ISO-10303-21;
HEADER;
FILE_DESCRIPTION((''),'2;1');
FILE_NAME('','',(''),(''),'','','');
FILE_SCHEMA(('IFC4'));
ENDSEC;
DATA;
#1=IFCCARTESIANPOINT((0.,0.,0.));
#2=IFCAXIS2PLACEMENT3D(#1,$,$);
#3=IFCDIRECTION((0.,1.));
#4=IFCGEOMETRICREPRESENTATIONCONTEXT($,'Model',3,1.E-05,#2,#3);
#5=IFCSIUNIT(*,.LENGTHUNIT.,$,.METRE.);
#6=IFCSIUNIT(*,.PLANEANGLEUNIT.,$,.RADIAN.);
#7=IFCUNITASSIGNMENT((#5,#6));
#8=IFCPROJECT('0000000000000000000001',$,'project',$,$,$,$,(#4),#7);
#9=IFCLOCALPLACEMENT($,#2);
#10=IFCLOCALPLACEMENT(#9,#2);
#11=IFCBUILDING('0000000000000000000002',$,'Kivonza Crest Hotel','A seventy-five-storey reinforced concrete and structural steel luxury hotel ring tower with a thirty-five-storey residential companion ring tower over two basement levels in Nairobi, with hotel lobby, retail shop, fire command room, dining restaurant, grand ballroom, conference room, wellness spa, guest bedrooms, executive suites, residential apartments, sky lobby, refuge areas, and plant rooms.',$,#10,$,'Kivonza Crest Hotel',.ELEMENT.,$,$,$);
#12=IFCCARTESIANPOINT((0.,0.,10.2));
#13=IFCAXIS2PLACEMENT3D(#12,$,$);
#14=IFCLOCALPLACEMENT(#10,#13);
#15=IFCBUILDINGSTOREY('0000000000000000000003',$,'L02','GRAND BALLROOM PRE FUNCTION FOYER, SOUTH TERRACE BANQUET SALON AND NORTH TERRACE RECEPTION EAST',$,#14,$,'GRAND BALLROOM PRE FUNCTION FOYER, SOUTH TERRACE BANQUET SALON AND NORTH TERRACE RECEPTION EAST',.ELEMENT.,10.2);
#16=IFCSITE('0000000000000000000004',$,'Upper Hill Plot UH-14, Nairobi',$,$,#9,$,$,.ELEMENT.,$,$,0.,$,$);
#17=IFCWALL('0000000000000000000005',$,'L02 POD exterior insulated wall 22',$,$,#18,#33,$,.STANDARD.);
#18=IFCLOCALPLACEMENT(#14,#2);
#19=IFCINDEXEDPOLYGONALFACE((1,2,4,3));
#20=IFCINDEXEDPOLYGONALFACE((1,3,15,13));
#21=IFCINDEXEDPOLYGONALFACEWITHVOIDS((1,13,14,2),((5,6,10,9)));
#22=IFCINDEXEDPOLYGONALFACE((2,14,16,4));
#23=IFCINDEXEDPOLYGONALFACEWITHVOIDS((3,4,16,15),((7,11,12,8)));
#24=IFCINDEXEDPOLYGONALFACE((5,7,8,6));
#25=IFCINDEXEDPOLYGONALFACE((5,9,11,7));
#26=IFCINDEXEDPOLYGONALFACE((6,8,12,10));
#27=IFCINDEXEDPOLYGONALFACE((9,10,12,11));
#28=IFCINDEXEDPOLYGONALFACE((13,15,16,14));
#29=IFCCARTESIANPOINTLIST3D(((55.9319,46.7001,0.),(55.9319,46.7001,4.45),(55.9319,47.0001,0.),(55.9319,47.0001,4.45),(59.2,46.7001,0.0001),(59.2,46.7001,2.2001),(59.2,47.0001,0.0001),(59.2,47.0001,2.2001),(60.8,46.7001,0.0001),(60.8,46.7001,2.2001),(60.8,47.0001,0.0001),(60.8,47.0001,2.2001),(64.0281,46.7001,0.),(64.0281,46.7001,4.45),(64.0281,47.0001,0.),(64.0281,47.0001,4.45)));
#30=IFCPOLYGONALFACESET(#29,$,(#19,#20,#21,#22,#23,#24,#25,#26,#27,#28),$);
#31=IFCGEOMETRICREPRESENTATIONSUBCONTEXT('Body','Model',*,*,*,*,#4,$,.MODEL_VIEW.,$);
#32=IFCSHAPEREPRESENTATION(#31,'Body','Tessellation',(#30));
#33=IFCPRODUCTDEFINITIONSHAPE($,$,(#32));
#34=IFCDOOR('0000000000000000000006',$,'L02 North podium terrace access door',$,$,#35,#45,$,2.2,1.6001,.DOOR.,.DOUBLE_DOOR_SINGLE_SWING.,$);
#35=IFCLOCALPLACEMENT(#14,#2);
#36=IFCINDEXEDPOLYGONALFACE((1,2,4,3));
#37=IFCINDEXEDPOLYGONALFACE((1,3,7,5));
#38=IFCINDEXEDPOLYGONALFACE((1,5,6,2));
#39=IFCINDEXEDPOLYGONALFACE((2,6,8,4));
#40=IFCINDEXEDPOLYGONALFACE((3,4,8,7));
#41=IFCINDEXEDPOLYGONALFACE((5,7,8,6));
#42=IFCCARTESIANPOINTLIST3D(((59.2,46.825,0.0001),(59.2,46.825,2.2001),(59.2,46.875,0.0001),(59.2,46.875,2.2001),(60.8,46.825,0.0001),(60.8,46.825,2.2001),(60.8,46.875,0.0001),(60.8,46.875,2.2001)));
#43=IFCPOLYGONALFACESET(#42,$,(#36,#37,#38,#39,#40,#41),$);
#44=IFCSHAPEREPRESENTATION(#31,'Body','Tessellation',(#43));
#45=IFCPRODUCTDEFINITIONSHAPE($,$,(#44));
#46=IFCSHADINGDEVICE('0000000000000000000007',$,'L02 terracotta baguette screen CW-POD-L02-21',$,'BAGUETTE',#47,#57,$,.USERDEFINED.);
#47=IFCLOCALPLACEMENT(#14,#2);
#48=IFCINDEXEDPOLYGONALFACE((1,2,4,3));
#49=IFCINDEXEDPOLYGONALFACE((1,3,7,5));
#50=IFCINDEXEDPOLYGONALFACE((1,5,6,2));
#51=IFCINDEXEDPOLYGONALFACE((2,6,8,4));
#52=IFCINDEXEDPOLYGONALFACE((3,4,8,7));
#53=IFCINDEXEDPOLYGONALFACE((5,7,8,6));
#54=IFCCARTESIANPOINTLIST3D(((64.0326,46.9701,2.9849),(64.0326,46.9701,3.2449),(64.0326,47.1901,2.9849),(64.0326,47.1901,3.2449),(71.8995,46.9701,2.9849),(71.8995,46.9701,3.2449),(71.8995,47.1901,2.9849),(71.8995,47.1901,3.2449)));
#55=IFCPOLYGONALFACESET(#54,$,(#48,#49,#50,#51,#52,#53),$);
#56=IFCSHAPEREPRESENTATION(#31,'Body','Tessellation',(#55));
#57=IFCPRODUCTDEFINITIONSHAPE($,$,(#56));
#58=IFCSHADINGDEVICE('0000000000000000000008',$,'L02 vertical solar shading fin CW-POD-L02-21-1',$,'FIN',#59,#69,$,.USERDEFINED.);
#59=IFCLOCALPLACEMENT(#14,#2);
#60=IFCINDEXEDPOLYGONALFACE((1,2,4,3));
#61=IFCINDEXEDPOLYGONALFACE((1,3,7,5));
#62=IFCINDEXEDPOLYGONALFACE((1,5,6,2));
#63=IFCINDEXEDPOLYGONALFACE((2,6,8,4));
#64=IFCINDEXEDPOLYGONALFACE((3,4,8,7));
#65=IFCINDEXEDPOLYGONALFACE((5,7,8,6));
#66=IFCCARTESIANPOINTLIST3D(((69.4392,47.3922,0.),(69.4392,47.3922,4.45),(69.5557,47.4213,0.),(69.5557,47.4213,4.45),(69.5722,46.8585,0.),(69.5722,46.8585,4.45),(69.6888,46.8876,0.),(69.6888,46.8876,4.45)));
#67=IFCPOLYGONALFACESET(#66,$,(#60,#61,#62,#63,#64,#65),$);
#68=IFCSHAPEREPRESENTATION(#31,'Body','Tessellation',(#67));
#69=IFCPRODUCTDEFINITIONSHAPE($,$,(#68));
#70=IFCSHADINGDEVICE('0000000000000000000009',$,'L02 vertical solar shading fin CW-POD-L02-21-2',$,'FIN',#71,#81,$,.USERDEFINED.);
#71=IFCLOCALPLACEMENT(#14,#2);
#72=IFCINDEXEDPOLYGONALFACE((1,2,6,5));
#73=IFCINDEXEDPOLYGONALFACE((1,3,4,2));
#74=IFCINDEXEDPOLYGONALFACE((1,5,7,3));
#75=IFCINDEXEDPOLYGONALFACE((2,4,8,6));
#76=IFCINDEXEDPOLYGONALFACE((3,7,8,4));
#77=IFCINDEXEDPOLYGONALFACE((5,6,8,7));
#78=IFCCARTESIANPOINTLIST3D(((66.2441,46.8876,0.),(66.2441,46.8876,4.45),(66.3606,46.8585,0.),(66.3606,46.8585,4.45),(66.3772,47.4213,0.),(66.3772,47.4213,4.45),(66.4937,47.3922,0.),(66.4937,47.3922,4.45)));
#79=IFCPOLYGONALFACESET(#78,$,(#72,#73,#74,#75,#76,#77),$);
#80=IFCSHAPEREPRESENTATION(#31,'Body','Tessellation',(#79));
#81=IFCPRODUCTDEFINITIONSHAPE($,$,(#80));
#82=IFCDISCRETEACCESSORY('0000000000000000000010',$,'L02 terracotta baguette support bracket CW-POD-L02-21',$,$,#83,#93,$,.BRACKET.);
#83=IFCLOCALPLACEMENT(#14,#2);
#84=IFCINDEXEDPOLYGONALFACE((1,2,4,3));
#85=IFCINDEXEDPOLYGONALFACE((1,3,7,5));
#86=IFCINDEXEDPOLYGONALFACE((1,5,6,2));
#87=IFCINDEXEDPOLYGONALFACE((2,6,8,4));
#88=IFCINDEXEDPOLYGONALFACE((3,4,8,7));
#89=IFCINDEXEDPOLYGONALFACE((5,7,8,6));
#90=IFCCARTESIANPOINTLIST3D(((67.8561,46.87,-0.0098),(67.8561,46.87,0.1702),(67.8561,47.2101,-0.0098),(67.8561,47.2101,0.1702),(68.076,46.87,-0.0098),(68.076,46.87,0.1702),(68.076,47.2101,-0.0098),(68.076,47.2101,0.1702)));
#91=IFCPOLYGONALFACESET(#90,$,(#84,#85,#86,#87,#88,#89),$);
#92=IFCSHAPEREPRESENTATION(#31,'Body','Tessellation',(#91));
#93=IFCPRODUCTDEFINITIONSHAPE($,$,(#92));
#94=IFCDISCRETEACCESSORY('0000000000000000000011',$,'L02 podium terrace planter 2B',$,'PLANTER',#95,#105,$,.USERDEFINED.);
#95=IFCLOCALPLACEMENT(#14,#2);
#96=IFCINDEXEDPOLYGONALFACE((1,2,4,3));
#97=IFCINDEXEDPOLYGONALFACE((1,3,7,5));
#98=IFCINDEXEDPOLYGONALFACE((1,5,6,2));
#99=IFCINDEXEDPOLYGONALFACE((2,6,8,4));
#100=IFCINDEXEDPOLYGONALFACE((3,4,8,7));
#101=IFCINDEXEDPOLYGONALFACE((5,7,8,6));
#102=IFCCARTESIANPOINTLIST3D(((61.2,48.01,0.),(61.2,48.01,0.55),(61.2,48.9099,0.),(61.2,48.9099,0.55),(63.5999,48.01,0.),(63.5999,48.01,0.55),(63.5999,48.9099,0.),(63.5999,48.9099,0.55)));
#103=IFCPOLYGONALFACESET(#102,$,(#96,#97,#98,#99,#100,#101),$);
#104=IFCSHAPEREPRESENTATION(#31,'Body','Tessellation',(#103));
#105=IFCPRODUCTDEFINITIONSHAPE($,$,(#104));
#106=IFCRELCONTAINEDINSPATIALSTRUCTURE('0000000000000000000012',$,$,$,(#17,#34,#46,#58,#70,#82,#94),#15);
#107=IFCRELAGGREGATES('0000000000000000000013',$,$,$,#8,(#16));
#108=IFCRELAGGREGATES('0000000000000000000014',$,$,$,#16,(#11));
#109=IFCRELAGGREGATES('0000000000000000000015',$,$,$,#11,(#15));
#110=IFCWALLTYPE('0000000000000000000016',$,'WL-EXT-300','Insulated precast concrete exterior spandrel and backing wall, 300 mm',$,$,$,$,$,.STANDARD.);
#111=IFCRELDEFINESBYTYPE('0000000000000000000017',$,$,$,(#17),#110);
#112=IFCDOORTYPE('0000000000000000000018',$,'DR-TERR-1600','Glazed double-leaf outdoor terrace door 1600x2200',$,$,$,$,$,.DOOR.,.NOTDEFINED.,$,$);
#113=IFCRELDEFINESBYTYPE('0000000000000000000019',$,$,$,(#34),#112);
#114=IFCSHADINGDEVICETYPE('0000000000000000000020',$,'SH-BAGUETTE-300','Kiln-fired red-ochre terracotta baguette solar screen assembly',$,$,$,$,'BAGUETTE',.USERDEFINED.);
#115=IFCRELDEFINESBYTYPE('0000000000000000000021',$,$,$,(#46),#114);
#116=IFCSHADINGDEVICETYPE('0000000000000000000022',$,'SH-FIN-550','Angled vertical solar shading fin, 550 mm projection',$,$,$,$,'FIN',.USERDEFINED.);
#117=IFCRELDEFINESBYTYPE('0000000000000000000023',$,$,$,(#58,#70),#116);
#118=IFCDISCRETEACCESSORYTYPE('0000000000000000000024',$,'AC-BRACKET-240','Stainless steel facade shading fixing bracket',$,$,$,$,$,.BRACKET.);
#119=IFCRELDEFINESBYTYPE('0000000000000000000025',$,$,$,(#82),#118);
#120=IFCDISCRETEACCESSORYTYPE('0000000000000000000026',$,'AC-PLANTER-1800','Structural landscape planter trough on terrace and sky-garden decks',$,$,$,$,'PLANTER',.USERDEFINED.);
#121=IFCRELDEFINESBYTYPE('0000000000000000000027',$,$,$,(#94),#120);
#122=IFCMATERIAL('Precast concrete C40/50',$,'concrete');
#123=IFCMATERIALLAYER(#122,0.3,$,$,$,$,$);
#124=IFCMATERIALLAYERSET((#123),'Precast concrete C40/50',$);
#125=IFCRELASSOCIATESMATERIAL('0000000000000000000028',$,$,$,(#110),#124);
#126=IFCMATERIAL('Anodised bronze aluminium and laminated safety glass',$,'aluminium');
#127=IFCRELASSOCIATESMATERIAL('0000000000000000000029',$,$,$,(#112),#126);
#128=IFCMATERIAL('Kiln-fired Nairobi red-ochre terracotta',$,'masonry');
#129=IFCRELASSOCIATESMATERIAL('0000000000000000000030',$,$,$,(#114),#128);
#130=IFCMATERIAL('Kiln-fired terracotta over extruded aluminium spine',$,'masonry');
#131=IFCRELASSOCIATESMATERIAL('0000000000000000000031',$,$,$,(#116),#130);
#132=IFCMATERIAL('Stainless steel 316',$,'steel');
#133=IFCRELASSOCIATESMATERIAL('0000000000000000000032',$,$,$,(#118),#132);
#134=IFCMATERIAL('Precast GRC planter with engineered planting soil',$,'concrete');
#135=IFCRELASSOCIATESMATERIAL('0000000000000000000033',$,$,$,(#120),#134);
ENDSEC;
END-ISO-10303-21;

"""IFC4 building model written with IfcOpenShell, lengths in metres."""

from ifc_helpers import new_model, si_unit, direction, frame, frame_2d, origin, origin_2d, place, context, subcontext, project, spatial, rectangle, extrude, material, layer, layer_set, type_object, element, fill, save


model = new_model("IFC4")

# Units and contexts
model_context = context("Model", 3, precision=1e-05, world=origin(), true_north=direction((0.0, 1.0)))
body_context = subcontext(model_context, "Body", "Model", "MODEL_VIEW")
ifc_project = project(units=[si_unit("LENGTHUNIT", "METRE"), si_unit("PLANEANGLEUNIT", "RADIAN")], contexts=[model_context])

# Site, building, storey
site_placement = place(None, origin())
site = spatial("IfcSite", under=ifc_project, at=site_placement, Name="Upper Hill Plot UH-14, Nairobi", CompositionType="ELEMENT", RefElevation=0.0)
building_placement = place(site_placement, origin())
building = spatial("IfcBuilding", under=site, at=building_placement, Name="Kivonza Crest Hotel", Description="A seventy-five-storey reinforced concrete and structural steel luxury hotel ring tower with a thirty-five-storey residential companion ring tower over two basement levels in Nairobi, with hotel lobby, retail shop, fire command room, dining restaurant, grand ballroom, conference room, wellness spa, guest bedrooms, executive suites, residential apartments, sky lobby, refuge areas, and plant rooms.", LongName="Kivonza Crest Hotel", CompositionType="ELEMENT")
storey_placement = place(building_placement, frame((0.0, 0.0, 10.2)))
storey = spatial("IfcBuildingStorey", under=building, at=storey_placement, Name="L02", Description="GRAND BALLROOM PRE FUNCTION FOYER, SOUTH TERRACE BANQUET SALON AND NORTH TERRACE RECEPTION EAST", LongName="GRAND BALLROOM PRE FUNCTION FOYER, SOUTH TERRACE BANQUET SALON AND NORTH TERRACE RECEPTION EAST", CompositionType="ELEMENT", Elevation=10.2)

# Wall, opening, door
ifc_material_1 = material(Name="Precast concrete C40/50", Category="concrete")
ifc_layer_1 = layer(ifc_material_1, 0.3)
ifc_layer_set_1 = layer_set([ifc_layer_1], Name="Precast concrete C40/50")
wall_type_1 = type_object("IfcWallType", Name="WL-EXT-300", Description="Insulated precast concrete exterior spandrel and backing wall, 300 mm", PredefinedType="STANDARD", material=ifc_layer_set_1)
wall_1_placement = place(storey_placement, frame((64.0281, 46.8501, 0.0), z_axis=(0.0, 0.0, 1.0), x_axis=(-1.0, 0.0, 0.0)))
wall_1 = element("IfcWall", 1, at=wall_1_placement, inside=storey, type_object=wall_type_1, Name="L02 POD exterior insulated wall 22", PredefinedType="STANDARD", context=body_context, shape_type="SweptSolid", body=[
    extrude(rectangle(XDim=8.0962, YDim=0.3, at=frame_2d((4.0481, 0.0))), origin(), (0.0, 0.0, 1.0), 4.45),
])
opening_1_placement = place(wall_1_placement, frame((3.228, 0.0, 0.0)))
opening_1 = element("IfcOpeningElement", 2, at=opening_1_placement, cuts=wall_1, PredefinedType="OPENING", context=body_context, shape_type="SweptSolid", body=[
    extrude(rectangle(XDim=1.6001, YDim=2.2, at=frame_2d((0.8, 1.1001))), frame((0.0, 0.1602, 0.0), z_axis=(0.0, -1.0, 0.0), x_axis=(1.0, 0.0, 0.0)), (0.0, 0.0, 1.0), 0.3201),
])
ifc_material_2 = material(Name="Anodised bronze aluminium and laminated safety glass", Category="aluminium")
door_type_1 = type_object("IfcDoorType", Name="DR-TERR-1600", Description="Glazed double-leaf outdoor terrace door 1600x2200", OperationType="NOTDEFINED", PredefinedType="DOOR", material=ifc_material_2)
door_1_placement = place(opening_1_placement, frame((1.6001, 0.0, 0.0), z_axis=(0.0, 0.0, 1.0), x_axis=(-1.0, 0.0, 0.0)))
door_1 = element("IfcDoor", 3, at=door_1_placement, inside=storey, type_object=door_type_1, Name="L02 North podium terrace access door", OperationType="DOUBLE_DOOR_SINGLE_SWING", OverallHeight=2.2, OverallWidth=1.6001, PredefinedType="DOOR", context=body_context, shape_type="SweptSolid", body=[
    extrude(rectangle(XDim=1.6001, YDim=2.2, at=frame_2d((0.8, 1.1001))), frame((0.0, 0.0249, 0.0), z_axis=(0.0, -1.0, 0.0), x_axis=(1.0, 0.0, 0.0)), (0.0, 0.0, 1.0), 0.05),
])
fill(opening_1, door_1)

# Shading devices
ifc_material_3 = material(Name="Kiln-fired Nairobi red-ochre terracotta", Category="masonry")
shading_device_type_1 = type_object("IfcShadingDeviceType", Name="SH-BAGUETTE-300", Description="Kiln-fired red-ochre terracotta baguette solar screen assembly", ElementType="BAGUETTE", PredefinedType="USERDEFINED", material=ifc_material_3)
shading_device_placement = place(storey_placement, frame((67.9661, 47.0801, 2.9849), z_axis=(0.0, 0.0, 1.0), x_axis=(-1.0, 0.0, 0.0)))
element("IfcShadingDevice", 4, at=shading_device_placement, inside=storey, type_object=shading_device_type_1, Name="L02 terracotta baguette screen CW-POD-L02-21", ObjectType="BAGUETTE", PredefinedType="USERDEFINED", context=body_context, shape_type="SweptSolid", body=[
    extrude(rectangle(XDim=7.8669, YDim=0.22, at=origin_2d()), origin(), (0.0, 0.0, 1.0), 0.26),
])
ifc_material_4 = material(Name="Kiln-fired terracotta over extruded aluminium spine", Category="masonry")
shading_device_type_2 = type_object("IfcShadingDeviceType", Name="SH-FIN-550", Description="Angled vertical solar shading fin, 550 mm projection", ElementType="FIN", PredefinedType="USERDEFINED", material=ifc_material_4)
for number, where, z_axis, x_axis, name in (
    (5, (69.564, 47.1399, 0.0), (0.0, 0.0, 1.0), (-0.970296, -0.241922, 0.0), "L02 vertical solar shading fin CW-POD-L02-21-1"),
    (6, (66.3689, 47.1399, 0.0), (0.0, 0.0, 1.0), (-0.970296, 0.241922, 0.0), "L02 vertical solar shading fin CW-POD-L02-21-2"),
):
    element("IfcShadingDevice", number, at=place(storey_placement, frame(where, z_axis=z_axis, x_axis=x_axis)), inside=storey, type_object=shading_device_type_2, Name=name, ObjectType="FIN", PredefinedType="USERDEFINED", context=body_context, shape_type="SweptSolid", body=[
        extrude(rectangle(XDim=0.1201, YDim=0.55, at=origin_2d()), origin(), (0.0, 0.0, 1.0), 4.45),
    ])

# Discrete accessories
ifc_material_5 = material(Name="Stainless steel 316", Category="steel")
discrete_accessory_type_1 = type_object("IfcDiscreteAccessoryType", Name="AC-BRACKET-240", Description="Stainless steel facade shading fixing bracket", PredefinedType="BRACKET", material=ifc_material_5)
discrete_accessory_1_placement = place(storey_placement, frame((67.9661, 47.04, -0.0098), z_axis=(0.0, 0.0, 1.0), x_axis=(-1.0, 0.0, 0.0)))
element("IfcDiscreteAccessory", 7, at=discrete_accessory_1_placement, inside=storey, type_object=discrete_accessory_type_1, Name="L02 terracotta baguette support bracket CW-POD-L02-21", PredefinedType="BRACKET", context=body_context, shape_type="SweptSolid", body=[
    extrude(rectangle(XDim=0.22, YDim=0.3401, at=origin_2d()), origin(), (0.0, 0.0, 1.0), 0.1799),
])
ifc_material_6 = material(Name="Precast GRC planter with engineered planting soil", Category="concrete")
discrete_accessory_type_2 = type_object("IfcDiscreteAccessoryType", Name="AC-PLANTER-1800", Description="Structural landscape planter trough on terrace and sky-garden decks", ElementType="PLANTER", PredefinedType="USERDEFINED", material=ifc_material_6)
discrete_accessory_2_placement = place(storey_placement, frame((62.3999, 48.46, 0.0), z_axis=(0.0, 0.0, 1.0), x_axis=(1.0, 0.0, 0.0)))
element("IfcDiscreteAccessory", 8, at=discrete_accessory_2_placement, inside=storey, type_object=discrete_accessory_type_2, Name="L02 podium terrace planter 2B", ObjectType="PLANTER", PredefinedType="USERDEFINED", context=body_context, shape_type="SweptSolid", body=[
    extrude(rectangle(XDim=2.3999, YDim=0.8999, at=origin_2d()), origin(), (0.0, 0.0, 1.0), 0.55),
])

save(model, "model.ifc")
